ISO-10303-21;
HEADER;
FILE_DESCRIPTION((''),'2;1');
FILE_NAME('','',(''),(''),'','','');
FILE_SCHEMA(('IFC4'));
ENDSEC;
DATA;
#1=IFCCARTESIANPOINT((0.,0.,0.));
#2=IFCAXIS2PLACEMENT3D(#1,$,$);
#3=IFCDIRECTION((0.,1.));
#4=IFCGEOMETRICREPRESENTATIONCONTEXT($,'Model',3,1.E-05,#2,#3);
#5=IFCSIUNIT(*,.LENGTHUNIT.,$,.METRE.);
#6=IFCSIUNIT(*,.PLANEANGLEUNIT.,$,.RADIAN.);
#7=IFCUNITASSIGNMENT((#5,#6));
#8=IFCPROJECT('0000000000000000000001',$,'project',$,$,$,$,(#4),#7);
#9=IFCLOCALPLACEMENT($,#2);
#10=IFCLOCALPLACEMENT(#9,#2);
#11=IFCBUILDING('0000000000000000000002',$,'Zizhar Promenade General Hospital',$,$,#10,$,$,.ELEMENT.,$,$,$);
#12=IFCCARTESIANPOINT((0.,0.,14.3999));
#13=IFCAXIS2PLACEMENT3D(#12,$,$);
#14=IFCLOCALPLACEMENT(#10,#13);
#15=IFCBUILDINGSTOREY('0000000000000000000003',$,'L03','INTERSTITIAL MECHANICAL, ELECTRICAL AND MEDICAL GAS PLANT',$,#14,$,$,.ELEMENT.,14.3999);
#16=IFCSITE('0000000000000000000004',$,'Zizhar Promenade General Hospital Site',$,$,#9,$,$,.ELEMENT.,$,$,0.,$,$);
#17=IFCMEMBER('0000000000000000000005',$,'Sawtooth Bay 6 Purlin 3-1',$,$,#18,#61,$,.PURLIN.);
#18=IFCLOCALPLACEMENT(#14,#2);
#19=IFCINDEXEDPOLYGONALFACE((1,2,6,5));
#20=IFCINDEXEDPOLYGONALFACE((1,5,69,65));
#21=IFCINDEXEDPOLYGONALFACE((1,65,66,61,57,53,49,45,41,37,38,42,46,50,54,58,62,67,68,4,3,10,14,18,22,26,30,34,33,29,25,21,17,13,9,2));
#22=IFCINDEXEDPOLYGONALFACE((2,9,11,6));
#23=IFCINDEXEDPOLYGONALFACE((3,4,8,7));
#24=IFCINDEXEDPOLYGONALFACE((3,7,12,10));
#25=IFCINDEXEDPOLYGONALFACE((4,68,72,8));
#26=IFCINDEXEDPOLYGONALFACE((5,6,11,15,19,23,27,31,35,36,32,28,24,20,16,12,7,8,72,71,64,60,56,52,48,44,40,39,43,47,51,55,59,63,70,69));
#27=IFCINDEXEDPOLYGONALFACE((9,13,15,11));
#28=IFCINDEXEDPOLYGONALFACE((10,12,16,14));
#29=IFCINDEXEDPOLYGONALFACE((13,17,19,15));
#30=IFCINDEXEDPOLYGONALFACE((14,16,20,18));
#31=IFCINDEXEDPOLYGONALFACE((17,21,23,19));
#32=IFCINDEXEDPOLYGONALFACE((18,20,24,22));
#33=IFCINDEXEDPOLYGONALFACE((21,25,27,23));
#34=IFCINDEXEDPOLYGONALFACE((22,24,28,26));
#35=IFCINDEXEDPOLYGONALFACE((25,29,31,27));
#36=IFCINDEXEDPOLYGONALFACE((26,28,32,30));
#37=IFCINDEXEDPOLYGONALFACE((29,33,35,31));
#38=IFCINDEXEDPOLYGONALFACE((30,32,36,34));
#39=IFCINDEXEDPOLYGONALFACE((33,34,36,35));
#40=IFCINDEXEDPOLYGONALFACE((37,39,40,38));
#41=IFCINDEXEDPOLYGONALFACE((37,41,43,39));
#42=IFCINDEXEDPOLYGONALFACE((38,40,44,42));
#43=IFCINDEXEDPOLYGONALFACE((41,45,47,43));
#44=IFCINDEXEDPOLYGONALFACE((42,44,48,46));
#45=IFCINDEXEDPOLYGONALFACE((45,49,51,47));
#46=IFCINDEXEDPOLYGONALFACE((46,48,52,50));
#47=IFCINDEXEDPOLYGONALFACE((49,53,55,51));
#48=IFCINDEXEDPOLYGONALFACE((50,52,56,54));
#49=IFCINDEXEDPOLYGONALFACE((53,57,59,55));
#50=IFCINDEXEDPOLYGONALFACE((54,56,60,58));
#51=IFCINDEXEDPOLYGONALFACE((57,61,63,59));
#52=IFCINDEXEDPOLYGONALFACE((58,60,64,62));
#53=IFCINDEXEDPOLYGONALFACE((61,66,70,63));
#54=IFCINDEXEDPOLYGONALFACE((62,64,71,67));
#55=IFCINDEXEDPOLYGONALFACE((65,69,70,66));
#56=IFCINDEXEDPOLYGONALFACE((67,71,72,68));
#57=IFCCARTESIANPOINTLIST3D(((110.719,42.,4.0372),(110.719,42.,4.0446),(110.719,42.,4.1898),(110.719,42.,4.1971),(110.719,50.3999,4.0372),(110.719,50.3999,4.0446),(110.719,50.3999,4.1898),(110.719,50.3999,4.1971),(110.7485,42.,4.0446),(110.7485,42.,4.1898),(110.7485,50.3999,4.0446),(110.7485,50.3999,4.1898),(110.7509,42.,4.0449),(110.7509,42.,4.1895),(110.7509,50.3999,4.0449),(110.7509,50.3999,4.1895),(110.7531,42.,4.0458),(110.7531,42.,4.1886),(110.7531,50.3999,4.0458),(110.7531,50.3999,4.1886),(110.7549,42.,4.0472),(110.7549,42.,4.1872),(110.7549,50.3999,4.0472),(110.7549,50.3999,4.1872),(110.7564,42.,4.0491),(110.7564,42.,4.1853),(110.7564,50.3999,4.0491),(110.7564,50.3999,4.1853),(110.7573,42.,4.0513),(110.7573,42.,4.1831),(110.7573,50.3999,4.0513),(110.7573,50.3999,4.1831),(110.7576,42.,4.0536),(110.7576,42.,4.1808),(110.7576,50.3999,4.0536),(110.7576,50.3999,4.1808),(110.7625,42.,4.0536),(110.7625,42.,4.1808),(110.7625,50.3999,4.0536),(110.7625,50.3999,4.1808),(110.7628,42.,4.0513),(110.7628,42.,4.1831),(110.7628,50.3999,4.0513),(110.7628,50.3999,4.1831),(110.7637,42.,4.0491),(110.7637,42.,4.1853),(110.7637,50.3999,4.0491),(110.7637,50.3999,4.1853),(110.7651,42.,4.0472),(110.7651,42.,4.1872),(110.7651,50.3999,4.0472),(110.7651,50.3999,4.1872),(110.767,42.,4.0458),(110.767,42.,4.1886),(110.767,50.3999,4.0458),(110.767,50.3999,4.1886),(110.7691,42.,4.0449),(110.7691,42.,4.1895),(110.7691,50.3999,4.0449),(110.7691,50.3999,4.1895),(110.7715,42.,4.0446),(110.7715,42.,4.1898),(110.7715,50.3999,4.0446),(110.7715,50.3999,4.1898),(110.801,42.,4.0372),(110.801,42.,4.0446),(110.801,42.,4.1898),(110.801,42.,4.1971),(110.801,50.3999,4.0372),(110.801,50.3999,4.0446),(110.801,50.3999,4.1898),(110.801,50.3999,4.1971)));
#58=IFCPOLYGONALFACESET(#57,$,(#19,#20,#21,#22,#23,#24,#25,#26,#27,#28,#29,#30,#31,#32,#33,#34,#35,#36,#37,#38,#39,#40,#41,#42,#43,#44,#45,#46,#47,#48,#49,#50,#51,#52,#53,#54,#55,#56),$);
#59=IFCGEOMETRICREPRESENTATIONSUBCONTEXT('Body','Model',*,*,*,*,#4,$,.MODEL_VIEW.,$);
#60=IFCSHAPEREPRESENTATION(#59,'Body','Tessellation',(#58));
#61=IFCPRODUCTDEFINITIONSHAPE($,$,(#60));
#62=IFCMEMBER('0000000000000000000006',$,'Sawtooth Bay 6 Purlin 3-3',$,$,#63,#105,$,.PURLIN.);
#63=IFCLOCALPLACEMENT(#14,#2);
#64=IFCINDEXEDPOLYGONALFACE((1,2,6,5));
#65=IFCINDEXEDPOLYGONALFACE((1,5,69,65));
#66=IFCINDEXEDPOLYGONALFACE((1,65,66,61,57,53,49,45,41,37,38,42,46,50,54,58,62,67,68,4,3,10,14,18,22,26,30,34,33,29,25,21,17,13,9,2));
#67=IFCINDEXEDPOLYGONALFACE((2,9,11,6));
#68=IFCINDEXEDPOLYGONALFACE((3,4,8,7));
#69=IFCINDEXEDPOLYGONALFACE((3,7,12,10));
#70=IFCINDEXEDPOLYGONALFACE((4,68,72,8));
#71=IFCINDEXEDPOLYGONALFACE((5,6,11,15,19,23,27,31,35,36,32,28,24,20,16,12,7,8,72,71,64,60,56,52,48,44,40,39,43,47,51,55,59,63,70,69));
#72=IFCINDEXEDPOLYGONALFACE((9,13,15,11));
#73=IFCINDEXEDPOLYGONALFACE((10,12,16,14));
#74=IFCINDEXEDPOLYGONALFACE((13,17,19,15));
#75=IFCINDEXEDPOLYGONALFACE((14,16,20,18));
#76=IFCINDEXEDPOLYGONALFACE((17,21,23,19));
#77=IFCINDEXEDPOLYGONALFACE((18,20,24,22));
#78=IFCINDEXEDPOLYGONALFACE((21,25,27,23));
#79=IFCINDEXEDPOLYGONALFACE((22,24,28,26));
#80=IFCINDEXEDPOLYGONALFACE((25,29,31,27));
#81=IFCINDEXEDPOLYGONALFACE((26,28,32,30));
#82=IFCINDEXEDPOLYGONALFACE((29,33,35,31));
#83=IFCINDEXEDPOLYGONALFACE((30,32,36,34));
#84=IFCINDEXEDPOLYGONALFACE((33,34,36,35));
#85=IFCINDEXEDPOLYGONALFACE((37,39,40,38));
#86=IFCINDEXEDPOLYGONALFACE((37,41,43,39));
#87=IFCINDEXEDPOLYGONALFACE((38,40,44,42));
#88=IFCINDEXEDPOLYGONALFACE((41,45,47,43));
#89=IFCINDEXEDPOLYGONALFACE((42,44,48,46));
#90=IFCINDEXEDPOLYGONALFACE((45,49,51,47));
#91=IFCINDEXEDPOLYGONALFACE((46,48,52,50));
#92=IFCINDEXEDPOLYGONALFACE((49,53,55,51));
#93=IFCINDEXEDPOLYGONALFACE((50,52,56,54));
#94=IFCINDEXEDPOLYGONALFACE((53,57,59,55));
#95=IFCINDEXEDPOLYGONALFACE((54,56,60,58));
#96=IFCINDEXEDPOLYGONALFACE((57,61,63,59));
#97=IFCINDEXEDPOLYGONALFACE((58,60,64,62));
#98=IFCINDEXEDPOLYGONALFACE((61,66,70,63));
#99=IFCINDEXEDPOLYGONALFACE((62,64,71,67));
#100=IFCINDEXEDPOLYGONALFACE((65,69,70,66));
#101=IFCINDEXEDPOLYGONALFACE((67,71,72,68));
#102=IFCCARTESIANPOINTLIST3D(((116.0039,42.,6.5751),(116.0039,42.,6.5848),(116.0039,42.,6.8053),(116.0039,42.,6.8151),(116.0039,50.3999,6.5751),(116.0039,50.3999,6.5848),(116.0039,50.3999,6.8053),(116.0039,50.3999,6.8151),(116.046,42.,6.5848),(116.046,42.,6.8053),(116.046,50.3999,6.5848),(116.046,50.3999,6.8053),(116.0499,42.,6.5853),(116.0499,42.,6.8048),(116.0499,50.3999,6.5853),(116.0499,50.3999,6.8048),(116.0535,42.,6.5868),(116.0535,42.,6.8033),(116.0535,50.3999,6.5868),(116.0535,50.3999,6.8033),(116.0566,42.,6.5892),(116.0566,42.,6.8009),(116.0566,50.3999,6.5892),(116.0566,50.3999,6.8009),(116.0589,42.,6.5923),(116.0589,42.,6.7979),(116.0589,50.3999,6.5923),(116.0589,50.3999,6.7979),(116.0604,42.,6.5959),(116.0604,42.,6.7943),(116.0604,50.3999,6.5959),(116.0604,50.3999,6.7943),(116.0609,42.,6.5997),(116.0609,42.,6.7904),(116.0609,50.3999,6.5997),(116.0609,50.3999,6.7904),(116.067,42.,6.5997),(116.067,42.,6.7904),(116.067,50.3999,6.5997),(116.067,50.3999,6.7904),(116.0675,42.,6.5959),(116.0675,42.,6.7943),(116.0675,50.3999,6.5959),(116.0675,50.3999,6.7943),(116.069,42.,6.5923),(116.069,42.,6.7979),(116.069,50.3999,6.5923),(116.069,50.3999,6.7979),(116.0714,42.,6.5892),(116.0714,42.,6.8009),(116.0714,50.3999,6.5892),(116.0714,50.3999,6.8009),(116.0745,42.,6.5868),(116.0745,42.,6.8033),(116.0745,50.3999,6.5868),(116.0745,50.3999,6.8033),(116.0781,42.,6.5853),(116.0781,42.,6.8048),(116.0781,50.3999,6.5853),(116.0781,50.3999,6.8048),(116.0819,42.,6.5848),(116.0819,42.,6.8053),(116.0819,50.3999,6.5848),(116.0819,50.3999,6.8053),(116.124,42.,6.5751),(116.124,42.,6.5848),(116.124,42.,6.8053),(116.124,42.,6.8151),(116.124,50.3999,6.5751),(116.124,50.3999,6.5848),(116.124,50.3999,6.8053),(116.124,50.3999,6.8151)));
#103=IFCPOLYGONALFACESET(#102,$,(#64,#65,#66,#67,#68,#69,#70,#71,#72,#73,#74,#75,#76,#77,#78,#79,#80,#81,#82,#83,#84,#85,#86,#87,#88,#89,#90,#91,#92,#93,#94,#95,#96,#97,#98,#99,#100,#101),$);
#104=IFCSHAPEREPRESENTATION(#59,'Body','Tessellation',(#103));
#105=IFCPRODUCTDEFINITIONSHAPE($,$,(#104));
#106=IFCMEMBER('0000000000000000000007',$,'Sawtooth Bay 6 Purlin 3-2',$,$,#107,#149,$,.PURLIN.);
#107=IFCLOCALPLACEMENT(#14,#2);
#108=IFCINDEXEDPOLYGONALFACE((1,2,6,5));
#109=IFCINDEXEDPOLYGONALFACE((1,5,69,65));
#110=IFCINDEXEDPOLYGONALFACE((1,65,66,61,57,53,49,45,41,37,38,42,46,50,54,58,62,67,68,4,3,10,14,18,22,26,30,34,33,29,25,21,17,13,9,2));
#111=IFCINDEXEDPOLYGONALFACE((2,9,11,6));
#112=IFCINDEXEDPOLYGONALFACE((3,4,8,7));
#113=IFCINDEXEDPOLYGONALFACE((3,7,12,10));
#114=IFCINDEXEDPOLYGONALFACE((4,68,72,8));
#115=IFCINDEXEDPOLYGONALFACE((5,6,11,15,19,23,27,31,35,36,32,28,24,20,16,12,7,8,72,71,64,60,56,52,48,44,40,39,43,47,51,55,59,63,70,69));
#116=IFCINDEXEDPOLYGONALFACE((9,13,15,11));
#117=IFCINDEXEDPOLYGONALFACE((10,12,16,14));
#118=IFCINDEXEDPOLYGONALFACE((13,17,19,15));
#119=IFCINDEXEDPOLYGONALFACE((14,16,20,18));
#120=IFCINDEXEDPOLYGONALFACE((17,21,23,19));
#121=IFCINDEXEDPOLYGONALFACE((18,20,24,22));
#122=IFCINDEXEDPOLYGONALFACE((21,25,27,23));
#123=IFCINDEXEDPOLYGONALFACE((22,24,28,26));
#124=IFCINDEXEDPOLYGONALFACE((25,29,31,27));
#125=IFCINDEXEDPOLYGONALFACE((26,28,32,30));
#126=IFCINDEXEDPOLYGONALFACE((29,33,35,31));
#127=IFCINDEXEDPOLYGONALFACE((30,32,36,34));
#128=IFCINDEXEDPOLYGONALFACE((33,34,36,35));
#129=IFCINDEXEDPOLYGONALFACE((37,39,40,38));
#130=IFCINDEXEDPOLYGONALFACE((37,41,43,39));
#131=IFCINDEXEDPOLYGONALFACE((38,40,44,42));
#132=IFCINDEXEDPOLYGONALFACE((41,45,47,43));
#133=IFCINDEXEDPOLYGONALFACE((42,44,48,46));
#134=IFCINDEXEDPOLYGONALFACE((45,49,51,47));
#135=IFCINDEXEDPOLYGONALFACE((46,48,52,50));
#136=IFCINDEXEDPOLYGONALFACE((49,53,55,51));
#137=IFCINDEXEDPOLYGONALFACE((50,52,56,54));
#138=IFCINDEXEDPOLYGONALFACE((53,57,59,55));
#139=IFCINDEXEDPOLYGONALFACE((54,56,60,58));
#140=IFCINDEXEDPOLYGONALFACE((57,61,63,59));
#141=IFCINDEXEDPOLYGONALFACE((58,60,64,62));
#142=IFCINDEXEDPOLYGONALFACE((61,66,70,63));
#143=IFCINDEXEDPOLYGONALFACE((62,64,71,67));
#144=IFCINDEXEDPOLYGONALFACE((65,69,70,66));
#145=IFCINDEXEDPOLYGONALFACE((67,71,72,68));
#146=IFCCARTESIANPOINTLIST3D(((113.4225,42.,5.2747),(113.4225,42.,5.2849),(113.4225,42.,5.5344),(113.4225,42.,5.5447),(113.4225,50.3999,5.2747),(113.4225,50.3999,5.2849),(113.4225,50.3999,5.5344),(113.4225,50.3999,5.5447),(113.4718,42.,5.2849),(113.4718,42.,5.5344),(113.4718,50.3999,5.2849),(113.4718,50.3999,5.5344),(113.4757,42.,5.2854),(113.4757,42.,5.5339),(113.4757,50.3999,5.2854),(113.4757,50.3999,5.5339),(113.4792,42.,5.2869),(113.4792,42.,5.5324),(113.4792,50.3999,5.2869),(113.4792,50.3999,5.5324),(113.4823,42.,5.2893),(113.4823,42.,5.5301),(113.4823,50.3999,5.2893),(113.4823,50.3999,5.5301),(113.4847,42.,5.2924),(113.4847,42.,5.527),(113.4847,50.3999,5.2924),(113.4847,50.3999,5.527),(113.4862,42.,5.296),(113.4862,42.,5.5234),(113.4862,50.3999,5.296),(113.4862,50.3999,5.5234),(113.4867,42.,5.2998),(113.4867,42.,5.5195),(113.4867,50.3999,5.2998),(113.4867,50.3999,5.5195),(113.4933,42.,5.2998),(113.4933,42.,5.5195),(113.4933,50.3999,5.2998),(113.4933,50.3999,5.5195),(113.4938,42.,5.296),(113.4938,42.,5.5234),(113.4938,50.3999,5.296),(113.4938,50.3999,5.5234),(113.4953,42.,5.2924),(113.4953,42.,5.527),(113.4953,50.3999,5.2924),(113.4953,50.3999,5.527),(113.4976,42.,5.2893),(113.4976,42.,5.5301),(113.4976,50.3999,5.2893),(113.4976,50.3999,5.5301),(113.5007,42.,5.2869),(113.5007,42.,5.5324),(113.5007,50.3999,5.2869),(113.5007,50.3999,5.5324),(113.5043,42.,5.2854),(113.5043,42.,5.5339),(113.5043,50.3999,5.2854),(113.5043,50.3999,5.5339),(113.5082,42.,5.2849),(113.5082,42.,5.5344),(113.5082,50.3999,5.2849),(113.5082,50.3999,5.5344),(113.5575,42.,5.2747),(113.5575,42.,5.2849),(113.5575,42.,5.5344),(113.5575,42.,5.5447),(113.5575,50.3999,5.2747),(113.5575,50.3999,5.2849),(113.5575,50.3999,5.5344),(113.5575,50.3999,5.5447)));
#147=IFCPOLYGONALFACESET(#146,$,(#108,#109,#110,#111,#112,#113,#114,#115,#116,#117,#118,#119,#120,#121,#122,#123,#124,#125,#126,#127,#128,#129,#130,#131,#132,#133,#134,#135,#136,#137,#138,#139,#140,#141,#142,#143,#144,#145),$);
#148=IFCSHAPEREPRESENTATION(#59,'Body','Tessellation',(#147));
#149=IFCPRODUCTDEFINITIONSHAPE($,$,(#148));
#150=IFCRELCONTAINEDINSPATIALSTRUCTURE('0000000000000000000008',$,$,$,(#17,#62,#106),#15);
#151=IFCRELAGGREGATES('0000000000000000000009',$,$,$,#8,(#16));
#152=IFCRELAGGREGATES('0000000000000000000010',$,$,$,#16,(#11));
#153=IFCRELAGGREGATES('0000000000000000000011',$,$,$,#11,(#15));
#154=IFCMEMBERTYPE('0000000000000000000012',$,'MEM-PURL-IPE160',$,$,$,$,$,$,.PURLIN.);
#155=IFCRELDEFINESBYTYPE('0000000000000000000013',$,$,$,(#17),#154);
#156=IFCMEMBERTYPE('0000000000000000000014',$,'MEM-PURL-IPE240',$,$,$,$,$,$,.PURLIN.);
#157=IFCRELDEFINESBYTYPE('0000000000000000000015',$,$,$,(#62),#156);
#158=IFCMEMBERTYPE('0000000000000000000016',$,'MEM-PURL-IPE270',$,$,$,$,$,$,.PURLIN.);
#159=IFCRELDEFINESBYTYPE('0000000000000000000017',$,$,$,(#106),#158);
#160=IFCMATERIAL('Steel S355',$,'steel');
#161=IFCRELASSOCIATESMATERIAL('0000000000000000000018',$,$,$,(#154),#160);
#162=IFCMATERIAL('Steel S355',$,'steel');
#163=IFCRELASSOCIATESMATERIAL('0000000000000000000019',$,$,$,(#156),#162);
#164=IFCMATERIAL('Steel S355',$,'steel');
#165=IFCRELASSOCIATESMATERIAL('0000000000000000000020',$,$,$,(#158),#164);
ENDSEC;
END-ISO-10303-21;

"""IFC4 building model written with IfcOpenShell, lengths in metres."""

from ifc_helpers import new_model, si_unit, direction, frame, origin, origin_2d, place, context, subcontext, project, spatial, i_section, extrude, material, material_profile, profile_set, type_object, element, save


model = new_model("IFC4")

# Units and contexts
model_context = context("Model", 3, precision=1e-05, world=origin(), true_north=direction((0.0, 1.0)))
body_context = subcontext(model_context, "Body", "Model", "MODEL_VIEW")
ifc_project = project(units=[si_unit("LENGTHUNIT", "METRE"), si_unit("PLANEANGLEUNIT", "RADIAN")], contexts=[model_context])

# Site, building, storey
site_placement = place(None, origin())
site = spatial("IfcSite", under=ifc_project, at=site_placement, Name="Zizhar Promenade General Hospital Site", CompositionType="ELEMENT", RefElevation=0.0)
building_placement = place(site_placement, origin())
building = spatial("IfcBuilding", under=site, at=building_placement, Name="Zizhar Promenade General Hospital", CompositionType="ELEMENT")
storey_placement = place(building_placement, frame((0.0, 0.0, 14.3999)))
storey = spatial("IfcBuildingStorey", under=building, at=storey_placement, Name="L03", Description="INTERSTITIAL MECHANICAL, ELECTRICAL AND MEDICAL GAS PLANT", CompositionType="ELEMENT", Elevation=14.3999)

# Members
ifc_material_1 = material(Name="Steel S355", Category="steel")
ifc_material_profile_1 = material_profile(ifc_material_1, i_section(OverallWidth=0.082, OverallDepth=0.1599, WebThickness=0.0049, FlangeThickness=0.0073, FilletRadius=0.009, at=origin_2d()))
ifc_profile_set_1 = profile_set([ifc_material_profile_1], Name="Steel S355")
member_type_1 = type_object("IfcMemberType", Name="MEM-PURL-IPE160", PredefinedType="PURLIN", material=ifc_profile_set_1)
member_1_placement = place(storey_placement, frame((110.76, 42.0, 4.1172), z_axis=(0.0, 1.0, 0.0), x_axis=(-1.0, 0.0, 0.0)))
element("IfcMember", 1, at=member_1_placement, inside=storey, type_object=member_type_1, Name="Sawtooth Bay 6 Purlin 3-1", PredefinedType="PURLIN", context=body_context, shape_type="SweptSolid", body=[
    extrude(i_section(OverallWidth=0.082, OverallDepth=0.1599, WebThickness=0.0049, FlangeThickness=0.0073, FilletRadius=0.009, at=origin_2d()), origin(), (0.0, 0.0, 1.0), 8.3999),
])
ifc_material_2 = material(Name="Steel S355", Category="steel")
ifc_material_profile_2 = material_profile(ifc_material_2, i_section(OverallWidth=0.1201, OverallDepth=0.24, WebThickness=0.0061, FlangeThickness=0.0098, FilletRadius=0.0149, at=origin_2d()))
ifc_profile_set_2 = profile_set([ifc_material_profile_2], Name="Steel S355")
member_type_2 = type_object("IfcMemberType", Name="MEM-PURL-IPE240", PredefinedType="PURLIN", material=ifc_profile_set_2)
member_2_placement = place(storey_placement, frame((116.064, 42.0, 6.6951), z_axis=(0.0, 1.0, 0.0), x_axis=(-1.0, 0.0, 0.0)))
element("IfcMember", 2, at=member_2_placement, inside=storey, type_object=member_type_2, Name="Sawtooth Bay 6 Purlin 3-3", PredefinedType="PURLIN", context=body_context, shape_type="SweptSolid", body=[
    extrude(i_section(OverallWidth=0.1201, OverallDepth=0.24, WebThickness=0.0061, FlangeThickness=0.0098, FilletRadius=0.0149, at=origin_2d()), origin(), (0.0, 0.0, 1.0), 8.3999),
])
ifc_material_3 = material(Name="Steel S355", Category="steel")
ifc_material_profile_3 = material_profile(ifc_material_3, i_section(OverallWidth=0.135, OverallDepth=0.27, WebThickness=0.0066, FlangeThickness=0.0103, FilletRadius=0.0149, at=origin_2d()))
ifc_profile_set_3 = profile_set([ifc_material_profile_3], Name="Steel S355")
member_type_3 = type_object("IfcMemberType", Name="MEM-PURL-IPE270", PredefinedType="PURLIN", material=ifc_profile_set_3)
member_3_placement = place(storey_placement, frame((113.49, 42.0, 5.4097), z_axis=(0.0, 1.0, 0.0), x_axis=(-1.0, 0.0, 0.0)))
element("IfcMember", 3, at=member_3_placement, inside=storey, type_object=member_type_3, Name="Sawtooth Bay 6 Purlin 3-2", PredefinedType="PURLIN", context=body_context, shape_type="SweptSolid", body=[
    extrude(i_section(OverallWidth=0.135, OverallDepth=0.27, WebThickness=0.0066, FlangeThickness=0.0103, FilletRadius=0.0149, at=origin_2d()), origin(), (0.0, 0.0, 1.0), 8.3999),
])

save(model, "model.ifc")
